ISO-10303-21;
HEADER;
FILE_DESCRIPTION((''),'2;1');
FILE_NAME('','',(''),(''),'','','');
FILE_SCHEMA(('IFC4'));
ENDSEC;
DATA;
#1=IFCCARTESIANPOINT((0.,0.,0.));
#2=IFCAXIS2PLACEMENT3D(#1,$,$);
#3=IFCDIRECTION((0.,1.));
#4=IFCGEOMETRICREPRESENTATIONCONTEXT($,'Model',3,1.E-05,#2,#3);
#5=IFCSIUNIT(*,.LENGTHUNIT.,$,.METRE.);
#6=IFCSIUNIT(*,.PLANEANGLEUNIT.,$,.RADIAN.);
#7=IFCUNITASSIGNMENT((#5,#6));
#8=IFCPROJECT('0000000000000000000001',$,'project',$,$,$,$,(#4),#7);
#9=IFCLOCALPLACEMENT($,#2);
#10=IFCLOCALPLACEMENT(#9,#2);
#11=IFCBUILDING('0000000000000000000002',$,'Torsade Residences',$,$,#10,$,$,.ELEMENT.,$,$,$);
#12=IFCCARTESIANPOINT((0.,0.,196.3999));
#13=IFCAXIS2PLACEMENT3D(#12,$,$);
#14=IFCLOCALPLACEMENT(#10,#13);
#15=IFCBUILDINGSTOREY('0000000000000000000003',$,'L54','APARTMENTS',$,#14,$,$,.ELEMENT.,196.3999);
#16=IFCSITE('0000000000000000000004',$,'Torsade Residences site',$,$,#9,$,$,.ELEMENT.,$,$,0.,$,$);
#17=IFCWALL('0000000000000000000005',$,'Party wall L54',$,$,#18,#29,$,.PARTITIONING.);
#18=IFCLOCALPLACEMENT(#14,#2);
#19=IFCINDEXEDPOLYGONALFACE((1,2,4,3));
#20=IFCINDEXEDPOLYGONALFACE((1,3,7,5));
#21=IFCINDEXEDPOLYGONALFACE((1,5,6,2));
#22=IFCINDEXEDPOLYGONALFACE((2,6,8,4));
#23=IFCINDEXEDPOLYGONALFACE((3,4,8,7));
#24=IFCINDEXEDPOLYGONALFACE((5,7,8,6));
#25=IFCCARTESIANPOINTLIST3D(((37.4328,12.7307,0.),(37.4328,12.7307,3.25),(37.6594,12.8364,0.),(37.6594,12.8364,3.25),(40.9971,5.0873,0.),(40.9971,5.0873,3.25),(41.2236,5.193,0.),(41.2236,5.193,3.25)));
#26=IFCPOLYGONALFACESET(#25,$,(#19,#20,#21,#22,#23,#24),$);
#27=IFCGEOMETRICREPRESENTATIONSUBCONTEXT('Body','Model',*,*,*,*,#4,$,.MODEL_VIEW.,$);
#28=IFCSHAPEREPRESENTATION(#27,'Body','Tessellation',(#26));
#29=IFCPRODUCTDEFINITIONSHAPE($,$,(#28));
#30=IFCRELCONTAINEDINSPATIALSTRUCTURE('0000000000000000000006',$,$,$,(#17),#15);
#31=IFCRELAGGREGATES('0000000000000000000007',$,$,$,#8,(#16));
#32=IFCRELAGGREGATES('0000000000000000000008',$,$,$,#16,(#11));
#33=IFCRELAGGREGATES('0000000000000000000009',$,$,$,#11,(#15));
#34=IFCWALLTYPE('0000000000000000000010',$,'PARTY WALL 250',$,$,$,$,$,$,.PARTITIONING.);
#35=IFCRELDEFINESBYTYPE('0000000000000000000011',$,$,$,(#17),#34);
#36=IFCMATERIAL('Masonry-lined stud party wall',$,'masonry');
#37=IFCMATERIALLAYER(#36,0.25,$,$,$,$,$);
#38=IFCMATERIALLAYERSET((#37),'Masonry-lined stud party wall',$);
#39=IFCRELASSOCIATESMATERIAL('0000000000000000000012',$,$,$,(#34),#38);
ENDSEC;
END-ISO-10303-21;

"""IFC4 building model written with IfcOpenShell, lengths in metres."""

from ifc_helpers import new_model, si_unit, direction, frame, frame_2d, origin, place, context, subcontext, project, spatial, rectangle, extrude, material, layer, layer_set, type_object, element, save


model = new_model("IFC4")

# Units and contexts
model_context = context("Model", 3, precision=1e-05, world=origin(), true_north=direction((0.0, 1.0)))
body_context = subcontext(model_context, "Body", "Model", "MODEL_VIEW")
ifc_project = project(units=[si_unit("LENGTHUNIT", "METRE"), si_unit("PLANEANGLEUNIT", "RADIAN")], contexts=[model_context])

# Site, building, storey
site_placement = place(None, origin())
site = spatial("IfcSite", under=ifc_project, at=site_placement, Name="Torsade Residences site", CompositionType="ELEMENT", RefElevation=0.0)
building_placement = place(site_placement, origin())
building = spatial("IfcBuilding", under=site, at=building_placement, Name="Torsade Residences", CompositionType="ELEMENT")
storey_placement = place(building_placement, frame((0.0, 0.0, 196.3999)))
storey = spatial("IfcBuildingStorey", under=building, at=storey_placement, Name="L54", Description="APARTMENTS", CompositionType="ELEMENT", Elevation=196.3999)

# Wall
ifc_material_1 = material(Name="Masonry-lined stud party wall", Category="masonry")
ifc_layer_1 = layer(ifc_material_1, 0.25)
ifc_layer_set_1 = layer_set([ifc_layer_1], Name="Masonry-lined stud party wall")
wall_type_1 = type_object("IfcWallType", Name="PARTY WALL 250", PredefinedType="PARTITIONING", material=ifc_layer_set_1)
wall_1_placement = place(storey_placement, frame((41.1104, 5.1401, 0.0), z_axis=(0.0, 0.0, 1.0), x_axis=(-0.422626, 0.906304, 0.0)))
element("IfcWall", 1, at=wall_1_placement, inside=storey, type_object=wall_type_1, Name="Party wall L54", PredefinedType="PARTITIONING", context=body_context, shape_type="SweptSolid", body=[
    extrude(rectangle(XDim=8.4336, YDim=0.25, at=frame_2d((4.2168, 0.0))), origin(), (0.0, 0.0, 1.0), 3.25),
])

save(model, "model.ifc")
